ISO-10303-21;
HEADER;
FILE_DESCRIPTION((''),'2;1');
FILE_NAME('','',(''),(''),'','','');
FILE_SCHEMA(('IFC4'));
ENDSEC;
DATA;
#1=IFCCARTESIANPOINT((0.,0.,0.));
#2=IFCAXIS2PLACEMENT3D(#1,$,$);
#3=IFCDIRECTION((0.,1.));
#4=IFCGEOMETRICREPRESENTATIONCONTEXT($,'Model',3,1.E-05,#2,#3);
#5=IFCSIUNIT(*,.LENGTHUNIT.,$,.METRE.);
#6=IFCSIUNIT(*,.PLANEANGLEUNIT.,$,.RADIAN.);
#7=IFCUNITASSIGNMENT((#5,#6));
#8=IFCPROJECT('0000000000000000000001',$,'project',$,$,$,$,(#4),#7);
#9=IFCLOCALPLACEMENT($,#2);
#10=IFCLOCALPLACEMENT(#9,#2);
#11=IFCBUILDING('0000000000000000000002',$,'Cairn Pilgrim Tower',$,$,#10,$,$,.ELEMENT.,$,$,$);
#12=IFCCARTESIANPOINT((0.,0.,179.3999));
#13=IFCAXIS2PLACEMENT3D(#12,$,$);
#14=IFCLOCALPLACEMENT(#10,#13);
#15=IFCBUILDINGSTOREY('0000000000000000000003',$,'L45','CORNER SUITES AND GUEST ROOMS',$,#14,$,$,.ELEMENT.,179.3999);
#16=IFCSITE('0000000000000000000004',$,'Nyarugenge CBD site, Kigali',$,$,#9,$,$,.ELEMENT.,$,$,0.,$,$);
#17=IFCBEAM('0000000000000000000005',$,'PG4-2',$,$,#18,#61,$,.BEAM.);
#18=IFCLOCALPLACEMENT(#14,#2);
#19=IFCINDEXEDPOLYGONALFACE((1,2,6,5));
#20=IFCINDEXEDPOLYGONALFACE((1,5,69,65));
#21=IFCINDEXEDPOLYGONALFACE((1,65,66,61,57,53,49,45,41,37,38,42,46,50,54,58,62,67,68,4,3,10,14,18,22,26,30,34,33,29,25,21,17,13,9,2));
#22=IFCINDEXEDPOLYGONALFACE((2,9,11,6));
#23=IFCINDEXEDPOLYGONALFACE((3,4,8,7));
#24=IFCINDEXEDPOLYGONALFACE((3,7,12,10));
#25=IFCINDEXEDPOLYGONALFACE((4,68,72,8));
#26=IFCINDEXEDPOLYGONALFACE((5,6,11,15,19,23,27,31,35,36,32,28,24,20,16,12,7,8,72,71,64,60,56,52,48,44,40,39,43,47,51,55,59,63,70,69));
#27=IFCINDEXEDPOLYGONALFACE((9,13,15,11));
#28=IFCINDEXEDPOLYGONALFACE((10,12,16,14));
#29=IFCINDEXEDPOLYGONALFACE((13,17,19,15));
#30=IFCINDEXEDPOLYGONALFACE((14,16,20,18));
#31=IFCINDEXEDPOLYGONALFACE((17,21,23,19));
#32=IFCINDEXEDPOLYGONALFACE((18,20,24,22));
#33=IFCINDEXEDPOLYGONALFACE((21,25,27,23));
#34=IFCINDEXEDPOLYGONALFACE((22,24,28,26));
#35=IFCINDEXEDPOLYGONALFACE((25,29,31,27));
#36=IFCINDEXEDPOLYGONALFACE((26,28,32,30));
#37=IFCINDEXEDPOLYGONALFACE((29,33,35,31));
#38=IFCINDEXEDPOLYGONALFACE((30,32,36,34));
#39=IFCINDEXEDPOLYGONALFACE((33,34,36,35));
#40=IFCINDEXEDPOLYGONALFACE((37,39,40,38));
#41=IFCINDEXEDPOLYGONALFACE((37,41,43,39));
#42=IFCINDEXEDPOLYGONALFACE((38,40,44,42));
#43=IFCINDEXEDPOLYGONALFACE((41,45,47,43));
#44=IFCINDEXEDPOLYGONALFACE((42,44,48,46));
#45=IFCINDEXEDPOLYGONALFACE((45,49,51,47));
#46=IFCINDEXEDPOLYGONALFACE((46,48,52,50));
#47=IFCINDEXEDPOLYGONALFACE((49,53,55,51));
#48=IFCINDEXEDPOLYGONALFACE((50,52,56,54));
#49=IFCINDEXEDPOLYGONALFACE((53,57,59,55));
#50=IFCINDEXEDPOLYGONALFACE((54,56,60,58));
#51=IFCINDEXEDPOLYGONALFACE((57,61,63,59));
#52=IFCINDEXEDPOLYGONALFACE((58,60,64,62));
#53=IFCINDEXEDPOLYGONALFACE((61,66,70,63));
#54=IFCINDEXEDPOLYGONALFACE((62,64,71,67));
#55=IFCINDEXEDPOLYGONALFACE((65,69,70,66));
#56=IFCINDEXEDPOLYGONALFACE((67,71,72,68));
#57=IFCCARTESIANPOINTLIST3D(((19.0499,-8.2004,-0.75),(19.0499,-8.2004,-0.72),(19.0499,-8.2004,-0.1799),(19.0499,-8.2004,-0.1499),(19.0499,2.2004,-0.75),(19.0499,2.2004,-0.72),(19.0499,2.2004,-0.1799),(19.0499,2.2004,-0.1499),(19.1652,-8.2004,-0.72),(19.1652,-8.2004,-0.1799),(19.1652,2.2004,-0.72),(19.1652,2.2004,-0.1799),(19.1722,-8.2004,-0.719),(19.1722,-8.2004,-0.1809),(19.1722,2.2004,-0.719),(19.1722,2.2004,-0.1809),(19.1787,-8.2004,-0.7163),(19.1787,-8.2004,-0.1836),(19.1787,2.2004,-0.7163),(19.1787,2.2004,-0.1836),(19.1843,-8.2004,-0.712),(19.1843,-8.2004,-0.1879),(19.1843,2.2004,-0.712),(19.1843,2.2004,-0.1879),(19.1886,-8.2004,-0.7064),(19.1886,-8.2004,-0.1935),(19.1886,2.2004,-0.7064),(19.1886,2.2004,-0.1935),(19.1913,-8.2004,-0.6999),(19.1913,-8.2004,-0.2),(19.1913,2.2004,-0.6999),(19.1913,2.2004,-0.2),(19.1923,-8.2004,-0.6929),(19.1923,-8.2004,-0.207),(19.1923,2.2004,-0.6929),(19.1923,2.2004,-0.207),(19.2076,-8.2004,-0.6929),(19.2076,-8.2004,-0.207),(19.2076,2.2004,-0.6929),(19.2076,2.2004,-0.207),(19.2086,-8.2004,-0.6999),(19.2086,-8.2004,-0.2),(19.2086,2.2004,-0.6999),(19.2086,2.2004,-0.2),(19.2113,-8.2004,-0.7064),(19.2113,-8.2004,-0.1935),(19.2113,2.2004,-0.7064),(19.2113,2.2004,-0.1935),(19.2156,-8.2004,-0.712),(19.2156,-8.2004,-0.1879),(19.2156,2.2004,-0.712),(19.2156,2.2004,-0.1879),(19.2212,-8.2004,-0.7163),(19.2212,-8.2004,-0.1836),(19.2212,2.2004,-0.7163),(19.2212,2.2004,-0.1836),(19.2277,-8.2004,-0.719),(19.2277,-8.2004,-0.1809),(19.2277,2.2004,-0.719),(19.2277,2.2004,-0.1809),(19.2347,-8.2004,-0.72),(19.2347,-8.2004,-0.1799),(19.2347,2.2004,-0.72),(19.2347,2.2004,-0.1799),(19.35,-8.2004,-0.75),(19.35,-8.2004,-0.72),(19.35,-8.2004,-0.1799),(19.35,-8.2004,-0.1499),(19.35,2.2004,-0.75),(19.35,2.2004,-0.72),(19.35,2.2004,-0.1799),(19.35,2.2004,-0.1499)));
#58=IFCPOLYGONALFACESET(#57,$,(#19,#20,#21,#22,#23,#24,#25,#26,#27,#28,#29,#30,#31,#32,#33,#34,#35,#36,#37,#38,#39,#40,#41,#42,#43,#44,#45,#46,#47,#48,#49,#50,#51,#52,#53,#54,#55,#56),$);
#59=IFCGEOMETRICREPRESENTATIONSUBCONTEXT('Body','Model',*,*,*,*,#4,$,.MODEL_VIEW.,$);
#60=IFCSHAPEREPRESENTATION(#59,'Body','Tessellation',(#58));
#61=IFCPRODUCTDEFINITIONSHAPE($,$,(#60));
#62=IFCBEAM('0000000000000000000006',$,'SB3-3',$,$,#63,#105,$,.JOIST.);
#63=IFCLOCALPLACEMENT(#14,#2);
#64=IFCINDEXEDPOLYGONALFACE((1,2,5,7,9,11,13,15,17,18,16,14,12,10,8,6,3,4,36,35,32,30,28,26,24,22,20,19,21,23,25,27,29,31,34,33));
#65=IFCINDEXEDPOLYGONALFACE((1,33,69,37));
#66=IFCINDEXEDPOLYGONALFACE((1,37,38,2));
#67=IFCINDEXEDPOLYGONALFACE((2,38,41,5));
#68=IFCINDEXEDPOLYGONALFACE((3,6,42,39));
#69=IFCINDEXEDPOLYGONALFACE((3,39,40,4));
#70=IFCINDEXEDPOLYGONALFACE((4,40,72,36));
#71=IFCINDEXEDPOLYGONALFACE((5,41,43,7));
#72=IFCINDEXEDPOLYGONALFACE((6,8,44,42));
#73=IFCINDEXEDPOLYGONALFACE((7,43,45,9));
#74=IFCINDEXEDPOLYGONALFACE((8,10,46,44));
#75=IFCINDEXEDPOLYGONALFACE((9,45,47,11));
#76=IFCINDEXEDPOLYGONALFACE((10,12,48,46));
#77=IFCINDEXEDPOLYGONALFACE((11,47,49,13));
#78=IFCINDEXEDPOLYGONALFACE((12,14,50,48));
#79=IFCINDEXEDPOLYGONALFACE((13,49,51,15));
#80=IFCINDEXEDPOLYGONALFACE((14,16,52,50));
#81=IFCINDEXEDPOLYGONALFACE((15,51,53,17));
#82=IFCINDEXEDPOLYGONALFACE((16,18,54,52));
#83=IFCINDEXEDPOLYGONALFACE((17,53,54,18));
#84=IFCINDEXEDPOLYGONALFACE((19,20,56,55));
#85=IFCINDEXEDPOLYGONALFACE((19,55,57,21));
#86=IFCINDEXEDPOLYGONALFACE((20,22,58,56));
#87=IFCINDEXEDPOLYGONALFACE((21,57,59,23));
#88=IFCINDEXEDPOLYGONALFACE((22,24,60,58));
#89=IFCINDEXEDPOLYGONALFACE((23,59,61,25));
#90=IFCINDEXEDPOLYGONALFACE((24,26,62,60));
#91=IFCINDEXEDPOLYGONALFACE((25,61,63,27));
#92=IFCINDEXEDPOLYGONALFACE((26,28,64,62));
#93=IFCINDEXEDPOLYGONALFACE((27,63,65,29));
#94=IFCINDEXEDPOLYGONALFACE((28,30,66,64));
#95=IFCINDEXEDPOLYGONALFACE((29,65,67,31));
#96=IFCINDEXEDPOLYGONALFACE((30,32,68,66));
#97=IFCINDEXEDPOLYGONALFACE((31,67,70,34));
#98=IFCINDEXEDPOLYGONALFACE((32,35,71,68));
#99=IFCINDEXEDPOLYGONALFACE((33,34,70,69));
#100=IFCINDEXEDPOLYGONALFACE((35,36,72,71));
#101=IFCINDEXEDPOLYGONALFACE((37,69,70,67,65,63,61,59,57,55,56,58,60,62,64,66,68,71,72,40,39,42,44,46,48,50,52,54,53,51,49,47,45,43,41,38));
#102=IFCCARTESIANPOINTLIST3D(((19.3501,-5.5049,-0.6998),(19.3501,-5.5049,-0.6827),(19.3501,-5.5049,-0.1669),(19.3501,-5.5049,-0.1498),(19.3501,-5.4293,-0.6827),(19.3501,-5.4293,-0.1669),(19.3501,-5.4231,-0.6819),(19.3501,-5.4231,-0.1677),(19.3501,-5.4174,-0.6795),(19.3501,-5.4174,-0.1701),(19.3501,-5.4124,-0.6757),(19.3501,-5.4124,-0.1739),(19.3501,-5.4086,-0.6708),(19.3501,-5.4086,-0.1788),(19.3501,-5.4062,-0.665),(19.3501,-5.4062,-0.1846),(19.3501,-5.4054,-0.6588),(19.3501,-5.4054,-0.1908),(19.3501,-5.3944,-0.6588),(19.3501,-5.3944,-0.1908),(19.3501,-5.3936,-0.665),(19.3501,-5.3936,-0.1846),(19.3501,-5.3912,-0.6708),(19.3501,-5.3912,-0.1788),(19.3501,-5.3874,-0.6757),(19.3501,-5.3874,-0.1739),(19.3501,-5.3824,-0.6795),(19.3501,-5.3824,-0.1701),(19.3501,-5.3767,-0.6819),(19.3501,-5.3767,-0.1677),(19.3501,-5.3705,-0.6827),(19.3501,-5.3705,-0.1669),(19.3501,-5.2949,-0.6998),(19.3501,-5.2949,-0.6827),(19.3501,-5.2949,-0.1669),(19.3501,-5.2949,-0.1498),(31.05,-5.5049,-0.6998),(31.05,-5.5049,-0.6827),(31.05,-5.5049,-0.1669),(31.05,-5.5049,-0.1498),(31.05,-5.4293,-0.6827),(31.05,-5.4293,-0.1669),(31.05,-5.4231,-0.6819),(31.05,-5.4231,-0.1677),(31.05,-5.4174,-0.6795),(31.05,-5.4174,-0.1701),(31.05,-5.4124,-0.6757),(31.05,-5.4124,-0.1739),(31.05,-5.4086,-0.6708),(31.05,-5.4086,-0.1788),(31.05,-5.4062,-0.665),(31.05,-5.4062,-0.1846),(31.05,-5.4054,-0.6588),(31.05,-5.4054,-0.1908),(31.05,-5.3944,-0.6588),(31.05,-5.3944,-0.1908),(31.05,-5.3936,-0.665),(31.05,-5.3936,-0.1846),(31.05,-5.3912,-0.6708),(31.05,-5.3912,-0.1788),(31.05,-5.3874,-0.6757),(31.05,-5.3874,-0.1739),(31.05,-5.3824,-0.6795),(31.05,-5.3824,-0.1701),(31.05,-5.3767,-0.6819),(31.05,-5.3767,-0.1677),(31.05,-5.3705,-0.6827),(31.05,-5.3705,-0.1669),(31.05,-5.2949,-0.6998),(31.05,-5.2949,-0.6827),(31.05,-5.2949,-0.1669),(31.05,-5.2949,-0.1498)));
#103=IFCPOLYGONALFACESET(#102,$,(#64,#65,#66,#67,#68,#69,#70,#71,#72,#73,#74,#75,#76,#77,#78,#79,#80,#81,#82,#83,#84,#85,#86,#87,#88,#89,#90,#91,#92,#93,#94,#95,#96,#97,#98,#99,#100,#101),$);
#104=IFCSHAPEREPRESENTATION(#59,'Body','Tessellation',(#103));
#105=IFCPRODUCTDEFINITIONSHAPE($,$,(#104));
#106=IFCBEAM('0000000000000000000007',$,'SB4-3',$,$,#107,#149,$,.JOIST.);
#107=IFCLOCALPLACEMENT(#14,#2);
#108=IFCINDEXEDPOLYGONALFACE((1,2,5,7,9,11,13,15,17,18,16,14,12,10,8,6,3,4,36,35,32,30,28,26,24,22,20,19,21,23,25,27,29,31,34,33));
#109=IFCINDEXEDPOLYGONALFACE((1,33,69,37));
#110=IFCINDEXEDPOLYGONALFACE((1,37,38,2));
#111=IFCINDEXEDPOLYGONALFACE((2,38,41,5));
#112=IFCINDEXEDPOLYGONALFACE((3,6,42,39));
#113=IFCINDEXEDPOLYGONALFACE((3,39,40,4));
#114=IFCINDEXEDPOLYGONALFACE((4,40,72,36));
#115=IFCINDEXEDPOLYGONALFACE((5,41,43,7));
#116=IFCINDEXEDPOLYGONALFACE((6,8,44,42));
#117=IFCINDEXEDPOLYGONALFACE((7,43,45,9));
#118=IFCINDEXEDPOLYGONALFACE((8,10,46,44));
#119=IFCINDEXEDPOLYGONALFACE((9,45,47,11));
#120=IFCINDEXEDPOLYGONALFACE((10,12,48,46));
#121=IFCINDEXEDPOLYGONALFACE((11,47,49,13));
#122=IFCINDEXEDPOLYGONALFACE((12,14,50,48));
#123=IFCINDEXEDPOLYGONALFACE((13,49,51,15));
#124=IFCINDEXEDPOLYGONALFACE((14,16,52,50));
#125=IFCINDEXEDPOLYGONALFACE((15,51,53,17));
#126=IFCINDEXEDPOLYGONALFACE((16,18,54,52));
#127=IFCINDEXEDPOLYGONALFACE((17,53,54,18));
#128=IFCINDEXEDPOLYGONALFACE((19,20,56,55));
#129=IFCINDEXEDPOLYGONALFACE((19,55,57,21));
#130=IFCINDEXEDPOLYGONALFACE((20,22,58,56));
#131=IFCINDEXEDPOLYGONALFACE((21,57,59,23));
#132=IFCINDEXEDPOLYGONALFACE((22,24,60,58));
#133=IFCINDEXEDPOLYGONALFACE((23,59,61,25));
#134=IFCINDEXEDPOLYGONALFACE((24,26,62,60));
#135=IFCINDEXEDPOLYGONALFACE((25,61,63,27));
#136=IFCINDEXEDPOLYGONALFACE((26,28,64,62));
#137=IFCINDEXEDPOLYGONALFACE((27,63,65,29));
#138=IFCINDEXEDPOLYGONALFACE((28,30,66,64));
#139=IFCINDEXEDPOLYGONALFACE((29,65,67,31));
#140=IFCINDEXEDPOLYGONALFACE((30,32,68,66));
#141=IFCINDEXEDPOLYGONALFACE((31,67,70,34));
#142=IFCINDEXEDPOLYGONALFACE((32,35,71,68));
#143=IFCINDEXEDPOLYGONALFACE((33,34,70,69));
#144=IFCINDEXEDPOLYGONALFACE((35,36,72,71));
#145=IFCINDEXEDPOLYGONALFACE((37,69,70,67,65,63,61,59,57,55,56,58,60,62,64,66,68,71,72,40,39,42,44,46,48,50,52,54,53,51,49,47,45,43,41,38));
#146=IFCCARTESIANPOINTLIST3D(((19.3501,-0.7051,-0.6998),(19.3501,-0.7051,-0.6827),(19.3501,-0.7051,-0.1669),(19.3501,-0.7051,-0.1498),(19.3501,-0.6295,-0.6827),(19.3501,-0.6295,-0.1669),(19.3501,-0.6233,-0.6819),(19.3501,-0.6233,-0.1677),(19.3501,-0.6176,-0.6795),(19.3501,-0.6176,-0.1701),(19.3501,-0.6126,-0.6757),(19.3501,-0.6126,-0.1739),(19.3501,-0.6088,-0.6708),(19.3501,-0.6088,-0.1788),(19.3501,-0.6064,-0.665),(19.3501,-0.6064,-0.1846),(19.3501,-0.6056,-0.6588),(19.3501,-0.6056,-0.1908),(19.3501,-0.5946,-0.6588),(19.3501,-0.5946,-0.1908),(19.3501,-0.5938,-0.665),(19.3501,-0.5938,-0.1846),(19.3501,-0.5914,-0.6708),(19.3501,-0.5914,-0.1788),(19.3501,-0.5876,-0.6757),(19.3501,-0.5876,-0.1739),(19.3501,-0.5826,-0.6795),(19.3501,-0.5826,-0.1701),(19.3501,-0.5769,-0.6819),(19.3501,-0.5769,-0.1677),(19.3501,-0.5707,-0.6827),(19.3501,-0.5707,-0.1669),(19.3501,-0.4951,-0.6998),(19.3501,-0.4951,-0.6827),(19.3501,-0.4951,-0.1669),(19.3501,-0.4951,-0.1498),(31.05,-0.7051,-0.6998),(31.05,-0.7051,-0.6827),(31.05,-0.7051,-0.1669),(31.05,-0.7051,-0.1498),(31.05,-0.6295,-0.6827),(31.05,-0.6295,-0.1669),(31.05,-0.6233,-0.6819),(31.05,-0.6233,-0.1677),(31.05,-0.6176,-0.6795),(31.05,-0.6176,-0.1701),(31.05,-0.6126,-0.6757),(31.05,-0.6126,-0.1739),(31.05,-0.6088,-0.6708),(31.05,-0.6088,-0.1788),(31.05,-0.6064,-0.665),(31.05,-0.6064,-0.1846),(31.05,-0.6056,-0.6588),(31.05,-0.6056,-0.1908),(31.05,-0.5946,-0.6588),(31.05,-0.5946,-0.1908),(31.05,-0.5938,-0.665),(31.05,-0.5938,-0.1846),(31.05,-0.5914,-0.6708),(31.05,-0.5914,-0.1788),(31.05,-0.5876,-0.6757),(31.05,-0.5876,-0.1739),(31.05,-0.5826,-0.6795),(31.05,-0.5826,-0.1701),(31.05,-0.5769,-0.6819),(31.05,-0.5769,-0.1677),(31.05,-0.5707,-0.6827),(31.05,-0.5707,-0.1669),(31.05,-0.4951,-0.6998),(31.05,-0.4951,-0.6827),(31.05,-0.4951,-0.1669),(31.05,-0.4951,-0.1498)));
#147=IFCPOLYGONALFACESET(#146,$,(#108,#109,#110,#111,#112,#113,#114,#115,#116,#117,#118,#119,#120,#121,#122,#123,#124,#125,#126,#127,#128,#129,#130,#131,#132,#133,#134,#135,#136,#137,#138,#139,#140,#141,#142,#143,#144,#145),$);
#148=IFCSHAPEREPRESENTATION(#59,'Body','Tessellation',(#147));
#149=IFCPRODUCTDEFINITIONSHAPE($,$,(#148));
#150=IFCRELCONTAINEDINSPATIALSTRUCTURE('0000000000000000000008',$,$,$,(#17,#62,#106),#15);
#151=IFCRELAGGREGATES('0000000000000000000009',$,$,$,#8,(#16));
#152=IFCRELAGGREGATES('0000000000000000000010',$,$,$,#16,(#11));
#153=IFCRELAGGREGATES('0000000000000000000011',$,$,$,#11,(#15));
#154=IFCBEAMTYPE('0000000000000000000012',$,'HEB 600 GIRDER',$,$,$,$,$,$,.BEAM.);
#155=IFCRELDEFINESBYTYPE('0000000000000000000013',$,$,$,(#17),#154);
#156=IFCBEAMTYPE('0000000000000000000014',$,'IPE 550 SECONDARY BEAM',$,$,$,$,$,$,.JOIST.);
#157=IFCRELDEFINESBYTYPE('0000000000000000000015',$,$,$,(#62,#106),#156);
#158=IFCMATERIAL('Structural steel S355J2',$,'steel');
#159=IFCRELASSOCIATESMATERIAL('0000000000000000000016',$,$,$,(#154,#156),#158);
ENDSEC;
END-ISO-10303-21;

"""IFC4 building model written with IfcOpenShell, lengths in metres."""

from ifc_helpers import new_model, si_unit, direction, frame, origin, origin_2d, place, context, subcontext, project, spatial, i_section, extrude, material, material_profile, profile_set, type_object, element, save


model = new_model("IFC4")

# Units and contexts
model_context = context("Model", 3, precision=1e-05, world=origin(), true_north=direction((0.0, 1.0)))
body_context = subcontext(model_context, "Body", "Model", "MODEL_VIEW")
ifc_project = project(units=[si_unit("LENGTHUNIT", "METRE"), si_unit("PLANEANGLEUNIT", "RADIAN")], contexts=[model_context])

# Site, building, storey
site_placement = place(None, origin())
site = spatial("IfcSite", under=ifc_project, at=site_placement, Name="Nyarugenge CBD site, Kigali", CompositionType="ELEMENT", RefElevation=0.0)
building_placement = place(site_placement, origin())
building = spatial("IfcBuilding", under=site, at=building_placement, Name="Cairn Pilgrim Tower", CompositionType="ELEMENT")
storey_placement = place(building_placement, frame((0.0, 0.0, 179.3999)))
storey = spatial("IfcBuildingStorey", under=building, at=storey_placement, Name="L45", Description="CORNER SUITES AND GUEST ROOMS", CompositionType="ELEMENT", Elevation=179.3999)

# Beams
ifc_material_1 = material(Name="Structural steel S355J2", Category="steel")
ifc_material_profile_1 = material_profile(ifc_material_1, i_section(OverallWidth=0.3, OverallDepth=0.6001, WebThickness=0.0154, FlangeThickness=0.03, FilletRadius=0.0271, at=origin_2d()), Name="HEB 600")
ifc_profile_set_1 = profile_set([ifc_material_profile_1], Name="Structural steel S355J2")
beam_type_1 = type_object("IfcBeamType", Name="HEB 600 GIRDER", PredefinedType="BEAM", material=ifc_profile_set_1)
beam_1_placement = place(storey_placement, frame((19.2, -8.2004, -0.45), z_axis=(0.0, 1.0, 0.0), x_axis=(-1.0, 0.0, 0.0)))
element("IfcBeam", 1, at=beam_1_placement, inside=storey, type_object=beam_type_1, Name="PG4-2", PredefinedType="BEAM", context=body_context, shape_type="SweptSolid", body=[
    extrude(i_section(OverallWidth=0.3, OverallDepth=0.6001, WebThickness=0.0154, FlangeThickness=0.03, FilletRadius=0.0271, at=origin_2d()), origin(), (0.0, 0.0, 1.0), 10.4009),
])
ifc_material_profile_2 = material_profile(ifc_material_1, i_section(OverallWidth=0.21, OverallDepth=0.55, WebThickness=0.011, FlangeThickness=0.0171, FilletRadius=0.0239, at=origin_2d()), Name="IPE 550")
ifc_profile_set_2 = profile_set([ifc_material_profile_2], Name="Structural steel S355J2")
beam_type_2 = type_object("IfcBeamType", Name="IPE 550 SECONDARY BEAM", PredefinedType="JOIST", material=ifc_profile_set_2)
for number, where, z_axis, x_axis, name in (
    (2, (19.3501, -5.3999, -0.4248), (1.0, 0.0, 0.0), (0.0, 1.0, 0.0), "SB3-3"),
    (3, (19.3501, -0.6001, -0.4248), (1.0, 0.0, 0.0), (0.0, 1.0, 0.0), "SB4-3"),
):
    element("IfcBeam", number, at=place(storey_placement, frame(where, z_axis=z_axis, x_axis=x_axis)), inside=storey, type_object=beam_type_2, Name=name, PredefinedType="JOIST", context=body_context, shape_type="SweptSolid", body=[
        extrude(i_section(OverallWidth=0.21, OverallDepth=0.55, WebThickness=0.011, FlangeThickness=0.0171, FilletRadius=0.0239, at=origin_2d()), origin(), (0.0, 0.0, 1.0), 11.7),
    ])

save(model, "model.ifc")
